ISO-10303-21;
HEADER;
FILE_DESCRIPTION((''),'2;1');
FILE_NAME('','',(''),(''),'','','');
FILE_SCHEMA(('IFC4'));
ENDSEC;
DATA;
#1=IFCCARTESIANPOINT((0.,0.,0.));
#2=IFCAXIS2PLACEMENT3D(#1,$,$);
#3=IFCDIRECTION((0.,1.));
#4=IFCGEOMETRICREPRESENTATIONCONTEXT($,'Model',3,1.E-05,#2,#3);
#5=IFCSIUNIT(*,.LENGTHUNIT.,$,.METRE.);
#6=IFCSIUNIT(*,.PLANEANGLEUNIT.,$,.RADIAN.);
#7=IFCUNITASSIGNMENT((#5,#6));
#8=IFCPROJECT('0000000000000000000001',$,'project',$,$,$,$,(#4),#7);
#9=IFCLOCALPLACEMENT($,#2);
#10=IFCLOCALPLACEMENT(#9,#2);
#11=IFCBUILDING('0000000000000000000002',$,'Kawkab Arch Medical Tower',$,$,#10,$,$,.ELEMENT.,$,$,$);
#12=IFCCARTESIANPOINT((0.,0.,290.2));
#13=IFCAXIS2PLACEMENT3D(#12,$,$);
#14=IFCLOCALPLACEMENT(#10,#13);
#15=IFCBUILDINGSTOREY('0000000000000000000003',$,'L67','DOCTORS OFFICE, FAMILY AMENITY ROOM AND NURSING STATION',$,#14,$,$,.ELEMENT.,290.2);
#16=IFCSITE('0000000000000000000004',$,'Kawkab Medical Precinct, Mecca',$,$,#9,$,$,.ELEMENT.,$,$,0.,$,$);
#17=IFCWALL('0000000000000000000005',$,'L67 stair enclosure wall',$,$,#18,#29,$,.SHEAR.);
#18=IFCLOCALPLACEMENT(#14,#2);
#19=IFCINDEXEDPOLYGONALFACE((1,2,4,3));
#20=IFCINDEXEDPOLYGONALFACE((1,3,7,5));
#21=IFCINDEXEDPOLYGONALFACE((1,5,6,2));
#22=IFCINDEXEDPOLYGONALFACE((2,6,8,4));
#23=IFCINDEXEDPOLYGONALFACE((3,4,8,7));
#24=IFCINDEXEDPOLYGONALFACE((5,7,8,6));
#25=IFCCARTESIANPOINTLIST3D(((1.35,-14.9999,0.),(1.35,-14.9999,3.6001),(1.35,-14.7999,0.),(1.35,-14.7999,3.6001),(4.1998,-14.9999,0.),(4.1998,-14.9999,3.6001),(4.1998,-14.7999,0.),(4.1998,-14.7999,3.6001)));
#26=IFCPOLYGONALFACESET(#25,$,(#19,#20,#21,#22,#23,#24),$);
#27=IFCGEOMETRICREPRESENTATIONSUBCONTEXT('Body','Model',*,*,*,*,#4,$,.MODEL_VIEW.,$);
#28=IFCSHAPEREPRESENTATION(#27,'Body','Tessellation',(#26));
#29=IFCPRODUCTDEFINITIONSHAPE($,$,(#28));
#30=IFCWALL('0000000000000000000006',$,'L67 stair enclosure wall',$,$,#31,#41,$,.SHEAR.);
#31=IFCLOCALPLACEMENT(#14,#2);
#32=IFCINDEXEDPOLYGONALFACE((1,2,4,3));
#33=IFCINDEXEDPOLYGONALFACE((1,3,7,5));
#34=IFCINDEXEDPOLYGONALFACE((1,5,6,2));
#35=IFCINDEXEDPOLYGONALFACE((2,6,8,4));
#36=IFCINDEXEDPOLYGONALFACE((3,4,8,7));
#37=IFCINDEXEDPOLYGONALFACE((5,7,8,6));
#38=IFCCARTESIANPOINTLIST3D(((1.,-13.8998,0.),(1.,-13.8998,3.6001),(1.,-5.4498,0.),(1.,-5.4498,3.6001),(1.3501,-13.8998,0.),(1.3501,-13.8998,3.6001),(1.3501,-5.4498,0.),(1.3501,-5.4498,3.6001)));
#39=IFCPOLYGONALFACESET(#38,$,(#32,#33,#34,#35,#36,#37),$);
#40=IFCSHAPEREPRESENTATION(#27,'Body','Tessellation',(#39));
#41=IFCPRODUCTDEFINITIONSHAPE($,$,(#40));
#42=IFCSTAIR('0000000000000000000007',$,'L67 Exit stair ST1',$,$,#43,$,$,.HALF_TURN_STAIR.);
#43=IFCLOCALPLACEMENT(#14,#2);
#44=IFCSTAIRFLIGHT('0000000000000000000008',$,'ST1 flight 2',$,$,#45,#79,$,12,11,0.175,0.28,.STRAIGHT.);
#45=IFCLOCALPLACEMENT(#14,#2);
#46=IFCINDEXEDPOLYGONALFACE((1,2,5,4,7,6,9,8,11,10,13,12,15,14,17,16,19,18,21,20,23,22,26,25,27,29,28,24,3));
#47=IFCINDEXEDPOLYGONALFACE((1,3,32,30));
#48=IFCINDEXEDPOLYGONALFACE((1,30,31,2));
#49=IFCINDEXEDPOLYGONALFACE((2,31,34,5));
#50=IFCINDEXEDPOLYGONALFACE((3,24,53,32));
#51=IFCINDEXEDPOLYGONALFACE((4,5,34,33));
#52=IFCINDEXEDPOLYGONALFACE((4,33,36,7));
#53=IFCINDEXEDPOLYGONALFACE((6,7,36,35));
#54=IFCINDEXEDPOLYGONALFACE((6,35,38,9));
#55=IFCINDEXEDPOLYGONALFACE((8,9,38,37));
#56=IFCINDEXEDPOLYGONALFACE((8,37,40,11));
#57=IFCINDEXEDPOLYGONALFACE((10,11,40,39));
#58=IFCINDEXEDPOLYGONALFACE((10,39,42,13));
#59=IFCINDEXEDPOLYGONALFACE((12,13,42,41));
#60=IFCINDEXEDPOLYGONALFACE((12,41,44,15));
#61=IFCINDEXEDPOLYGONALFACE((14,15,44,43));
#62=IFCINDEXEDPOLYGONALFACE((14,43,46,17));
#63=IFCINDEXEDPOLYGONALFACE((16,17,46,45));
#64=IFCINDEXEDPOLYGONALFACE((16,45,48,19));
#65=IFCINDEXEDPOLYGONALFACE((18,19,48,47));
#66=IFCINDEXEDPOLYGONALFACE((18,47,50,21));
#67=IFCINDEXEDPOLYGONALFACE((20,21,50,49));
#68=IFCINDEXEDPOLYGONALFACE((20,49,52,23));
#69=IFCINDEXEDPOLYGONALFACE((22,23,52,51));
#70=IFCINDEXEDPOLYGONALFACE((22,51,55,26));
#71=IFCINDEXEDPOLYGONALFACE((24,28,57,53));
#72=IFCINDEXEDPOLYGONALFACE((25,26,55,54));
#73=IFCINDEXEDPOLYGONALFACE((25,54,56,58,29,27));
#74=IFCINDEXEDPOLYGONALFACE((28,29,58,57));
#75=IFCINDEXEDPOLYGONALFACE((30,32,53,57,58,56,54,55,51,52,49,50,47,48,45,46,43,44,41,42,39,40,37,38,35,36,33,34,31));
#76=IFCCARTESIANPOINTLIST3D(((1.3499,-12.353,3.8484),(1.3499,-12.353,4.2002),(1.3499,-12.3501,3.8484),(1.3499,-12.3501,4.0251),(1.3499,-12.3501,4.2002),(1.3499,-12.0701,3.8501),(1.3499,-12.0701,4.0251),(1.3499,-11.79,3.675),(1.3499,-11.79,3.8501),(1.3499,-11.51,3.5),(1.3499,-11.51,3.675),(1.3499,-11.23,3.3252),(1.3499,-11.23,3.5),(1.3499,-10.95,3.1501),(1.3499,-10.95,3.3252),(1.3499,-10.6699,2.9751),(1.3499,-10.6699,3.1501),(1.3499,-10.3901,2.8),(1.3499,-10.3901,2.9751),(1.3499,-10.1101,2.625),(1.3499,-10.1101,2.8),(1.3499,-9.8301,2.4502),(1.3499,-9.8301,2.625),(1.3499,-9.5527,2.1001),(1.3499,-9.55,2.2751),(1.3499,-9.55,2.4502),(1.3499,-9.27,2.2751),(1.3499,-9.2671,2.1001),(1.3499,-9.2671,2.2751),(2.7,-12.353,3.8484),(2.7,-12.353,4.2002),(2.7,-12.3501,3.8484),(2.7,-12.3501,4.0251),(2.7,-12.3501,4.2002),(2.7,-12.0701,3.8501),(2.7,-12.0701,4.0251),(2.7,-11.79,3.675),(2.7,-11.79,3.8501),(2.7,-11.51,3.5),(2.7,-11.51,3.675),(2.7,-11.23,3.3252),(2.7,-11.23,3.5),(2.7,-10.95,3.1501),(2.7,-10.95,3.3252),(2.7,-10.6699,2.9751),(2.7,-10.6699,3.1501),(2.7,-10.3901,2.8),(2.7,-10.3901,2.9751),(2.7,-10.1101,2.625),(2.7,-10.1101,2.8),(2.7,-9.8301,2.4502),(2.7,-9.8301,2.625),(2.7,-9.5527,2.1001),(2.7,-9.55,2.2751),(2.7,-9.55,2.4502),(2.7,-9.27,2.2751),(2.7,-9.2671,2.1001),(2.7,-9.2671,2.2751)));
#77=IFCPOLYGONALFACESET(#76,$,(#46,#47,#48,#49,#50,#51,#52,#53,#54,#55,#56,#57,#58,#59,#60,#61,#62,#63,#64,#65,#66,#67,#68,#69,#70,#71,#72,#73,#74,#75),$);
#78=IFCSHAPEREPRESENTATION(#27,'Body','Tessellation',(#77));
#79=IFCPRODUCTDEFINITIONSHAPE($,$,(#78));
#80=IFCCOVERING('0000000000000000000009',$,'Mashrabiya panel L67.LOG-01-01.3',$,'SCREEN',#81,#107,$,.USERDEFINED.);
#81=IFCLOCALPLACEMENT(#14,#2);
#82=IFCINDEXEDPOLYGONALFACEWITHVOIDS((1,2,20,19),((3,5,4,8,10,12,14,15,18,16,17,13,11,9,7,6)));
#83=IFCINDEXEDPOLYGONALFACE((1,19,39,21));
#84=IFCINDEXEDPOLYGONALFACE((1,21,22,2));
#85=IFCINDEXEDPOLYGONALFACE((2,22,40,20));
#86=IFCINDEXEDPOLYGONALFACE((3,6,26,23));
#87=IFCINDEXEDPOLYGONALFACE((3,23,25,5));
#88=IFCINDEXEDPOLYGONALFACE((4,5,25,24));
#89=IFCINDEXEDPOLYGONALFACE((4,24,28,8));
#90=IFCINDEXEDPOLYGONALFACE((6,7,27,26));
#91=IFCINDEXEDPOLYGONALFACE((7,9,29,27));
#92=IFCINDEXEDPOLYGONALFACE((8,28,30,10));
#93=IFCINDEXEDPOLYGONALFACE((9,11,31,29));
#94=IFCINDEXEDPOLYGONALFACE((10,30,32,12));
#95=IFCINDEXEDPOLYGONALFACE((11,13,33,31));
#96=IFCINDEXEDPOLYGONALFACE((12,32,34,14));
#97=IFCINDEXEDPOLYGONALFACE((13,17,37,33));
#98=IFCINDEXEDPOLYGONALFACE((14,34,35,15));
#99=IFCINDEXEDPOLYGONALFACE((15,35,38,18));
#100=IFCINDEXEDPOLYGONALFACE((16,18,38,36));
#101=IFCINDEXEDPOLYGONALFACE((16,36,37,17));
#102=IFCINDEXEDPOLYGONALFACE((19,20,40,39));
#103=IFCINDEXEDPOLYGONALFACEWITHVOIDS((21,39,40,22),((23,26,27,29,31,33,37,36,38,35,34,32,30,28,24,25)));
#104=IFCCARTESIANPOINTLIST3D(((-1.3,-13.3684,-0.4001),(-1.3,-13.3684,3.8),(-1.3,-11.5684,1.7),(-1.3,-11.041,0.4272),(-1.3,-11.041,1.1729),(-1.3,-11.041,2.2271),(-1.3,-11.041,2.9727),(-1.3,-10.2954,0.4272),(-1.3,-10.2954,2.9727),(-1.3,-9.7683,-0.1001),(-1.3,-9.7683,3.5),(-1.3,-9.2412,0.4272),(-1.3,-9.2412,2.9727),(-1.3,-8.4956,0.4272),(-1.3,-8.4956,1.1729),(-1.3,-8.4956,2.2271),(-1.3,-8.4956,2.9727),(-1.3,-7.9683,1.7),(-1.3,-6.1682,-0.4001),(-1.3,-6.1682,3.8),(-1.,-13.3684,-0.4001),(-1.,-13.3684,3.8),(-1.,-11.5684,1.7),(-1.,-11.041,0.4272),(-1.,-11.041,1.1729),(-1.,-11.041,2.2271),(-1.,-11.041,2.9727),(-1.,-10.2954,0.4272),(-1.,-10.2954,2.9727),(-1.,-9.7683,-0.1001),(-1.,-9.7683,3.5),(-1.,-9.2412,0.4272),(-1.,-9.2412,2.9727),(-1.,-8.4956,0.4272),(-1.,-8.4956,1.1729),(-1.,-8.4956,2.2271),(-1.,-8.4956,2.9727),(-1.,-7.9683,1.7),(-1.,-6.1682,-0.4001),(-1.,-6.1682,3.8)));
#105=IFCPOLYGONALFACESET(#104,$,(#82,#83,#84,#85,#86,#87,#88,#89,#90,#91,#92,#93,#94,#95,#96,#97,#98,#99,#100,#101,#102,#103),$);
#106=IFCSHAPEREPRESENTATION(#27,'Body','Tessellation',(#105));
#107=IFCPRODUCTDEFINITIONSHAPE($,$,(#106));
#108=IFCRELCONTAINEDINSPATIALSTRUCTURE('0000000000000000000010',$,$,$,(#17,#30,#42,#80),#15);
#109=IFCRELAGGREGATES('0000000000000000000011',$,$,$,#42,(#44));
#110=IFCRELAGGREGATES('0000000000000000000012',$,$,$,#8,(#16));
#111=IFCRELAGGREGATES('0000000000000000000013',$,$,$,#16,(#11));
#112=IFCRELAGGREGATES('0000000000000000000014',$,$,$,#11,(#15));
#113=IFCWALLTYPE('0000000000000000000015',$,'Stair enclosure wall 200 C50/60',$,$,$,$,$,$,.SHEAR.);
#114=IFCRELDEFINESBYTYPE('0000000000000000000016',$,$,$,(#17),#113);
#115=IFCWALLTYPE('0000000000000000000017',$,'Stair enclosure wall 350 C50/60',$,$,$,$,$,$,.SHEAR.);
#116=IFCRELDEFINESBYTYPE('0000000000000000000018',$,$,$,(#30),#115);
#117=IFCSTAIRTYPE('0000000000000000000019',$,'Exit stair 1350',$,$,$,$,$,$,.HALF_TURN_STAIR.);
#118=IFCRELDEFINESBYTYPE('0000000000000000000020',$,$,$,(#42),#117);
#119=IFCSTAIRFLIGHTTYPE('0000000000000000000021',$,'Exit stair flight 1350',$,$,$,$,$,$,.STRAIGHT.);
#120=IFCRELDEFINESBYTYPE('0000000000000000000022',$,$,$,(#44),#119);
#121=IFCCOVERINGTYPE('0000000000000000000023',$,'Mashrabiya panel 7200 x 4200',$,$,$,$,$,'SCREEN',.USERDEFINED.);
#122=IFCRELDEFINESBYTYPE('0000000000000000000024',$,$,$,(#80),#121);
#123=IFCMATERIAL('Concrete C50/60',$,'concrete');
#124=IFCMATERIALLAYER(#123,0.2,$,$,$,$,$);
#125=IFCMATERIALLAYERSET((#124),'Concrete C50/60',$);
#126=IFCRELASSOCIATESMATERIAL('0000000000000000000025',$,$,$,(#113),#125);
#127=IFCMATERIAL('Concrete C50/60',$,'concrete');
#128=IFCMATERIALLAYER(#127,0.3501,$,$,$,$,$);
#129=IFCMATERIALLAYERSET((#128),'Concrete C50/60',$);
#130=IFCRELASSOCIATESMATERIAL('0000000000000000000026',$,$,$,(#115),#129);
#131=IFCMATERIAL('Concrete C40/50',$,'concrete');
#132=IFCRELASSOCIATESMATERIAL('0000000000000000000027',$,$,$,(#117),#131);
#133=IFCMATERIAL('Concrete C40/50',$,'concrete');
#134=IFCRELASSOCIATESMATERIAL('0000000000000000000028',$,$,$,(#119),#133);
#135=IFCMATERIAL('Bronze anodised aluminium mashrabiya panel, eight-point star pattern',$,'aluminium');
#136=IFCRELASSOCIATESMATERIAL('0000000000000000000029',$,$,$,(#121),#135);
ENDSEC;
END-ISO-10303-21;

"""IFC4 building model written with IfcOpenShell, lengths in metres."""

from ifc_helpers import new_model, si_unit, direction, frame, frame_2d, origin, place, context, subcontext, project, spatial, polyline, rectangle, outline, extrude, material, layer, layer_set, material_profile, profile_set, type_object, element, aggregate, save


model = new_model("IFC4")

# Units and contexts
model_context = context("Model", 3, precision=1e-05, world=origin(), true_north=direction((0.0, 1.0)))
body_context = subcontext(model_context, "Body", "Model", "MODEL_VIEW")
ifc_project = project(units=[si_unit("LENGTHUNIT", "METRE"), si_unit("PLANEANGLEUNIT", "RADIAN")], contexts=[model_context])

# Site, building, storey
site_placement = place(None, origin())
site = spatial("IfcSite", under=ifc_project, at=site_placement, Name="Kawkab Medical Precinct, Mecca", CompositionType="ELEMENT", RefElevation=0.0)
building_placement = place(site_placement, origin())
building = spatial("IfcBuilding", under=site, at=building_placement, Name="Kawkab Arch Medical Tower", CompositionType="ELEMENT")
storey_placement = place(building_placement, frame((0.0, 0.0, 290.2)))
storey = spatial("IfcBuildingStorey", under=building, at=storey_placement, Name="L67", Description="DOCTORS OFFICE, FAMILY AMENITY ROOM AND NURSING STATION", CompositionType="ELEMENT", Elevation=290.2)

# Shared definitions
placement = place(storey_placement, origin())

# Walls
ifc_material_1 = material(Name="Concrete C50/60", Category="concrete")
ifc_layer_1 = layer(ifc_material_1, 0.2)
ifc_layer_set_1 = layer_set([ifc_layer_1], Name="Concrete C50/60")
wall_type_1 = type_object("IfcWallType", Name="Stair enclosure wall 200 C50/60", PredefinedType="SHEAR", material=ifc_layer_set_1)
for number, where, z_axis, x_axis, name in (
    (1, (1.3501, -14.8999, 0.0), (0.0, 0.0, 1.0), (1.0, 0.0, 0.0), "L67 stair enclosure wall"),
):
    element("IfcWall", number, at=place(storey_placement, frame(where, z_axis=z_axis, x_axis=x_axis)), inside=storey, type_object=wall_type_1, Name=name, PredefinedType="SHEAR", context=body_context, shape_type="SweptSolid", body=[
        extrude(rectangle(XDim=2.8499, YDim=0.2, at=frame_2d((1.4248, 0.0))), origin(), (0.0, 0.0, 1.0), 3.6001),
    ])
ifc_material_2 = material(Name="Concrete C50/60", Category="concrete")
ifc_layer_2 = layer(ifc_material_2, 0.3501)
ifc_layer_set_2 = layer_set([ifc_layer_2], Name="Concrete C50/60")
wall_type_2 = type_object("IfcWallType", Name="Stair enclosure wall 350 C50/60", PredefinedType="SHEAR", material=ifc_layer_set_2)
wall_1_placement = place(storey_placement, frame((1.175, -13.8999, 0.0), z_axis=(0.0, 0.0, 1.0), x_axis=(0.0, 1.0, 0.0)))
element("IfcWall", 2, at=wall_1_placement, inside=storey, type_object=wall_type_2, Name="L67 stair enclosure wall", PredefinedType="SHEAR", context=body_context, shape_type="SweptSolid", body=[
    extrude(rectangle(XDim=8.45, YDim=0.3501, at=frame_2d((4.2251, 0.0))), origin(), (0.0, 0.0, 1.0), 3.6001),
])

# Stair, stair flight
ifc_material_3 = material(Name="Concrete C40/50", Category="concrete")
stair_type = type_object("IfcStairType", Name="Exit stair 1350", PredefinedType="HALF_TURN_STAIR", material=ifc_material_3)
stair = element("IfcStair", 3, at=placement, inside=storey, type_object=stair_type, Name="L67 Exit stair ST1", PredefinedType="HALF_TURN_STAIR")
ifc_material_4 = material(Name="Concrete C40/50", Category="concrete")
stair_flight_type = type_object("IfcStairFlightType", Name="Exit stair flight 1350", PredefinedType="STRAIGHT", material=ifc_material_4)
stair_flight_placement = place(storey_placement, frame((2.0249, -9.27, 2.1001), z_axis=(0.0, 0.0, 1.0), x_axis=(0.0, -1.0, 0.0)))
stair_flight = element("IfcStairFlight", 4, at=stair_flight_placement, type_object=stair_flight_type, Name="ST1 flight 2", NumberOfRisers=12, NumberOfTreads=11, PredefinedType="STRAIGHT", RiserHeight=0.175, TreadLength=0.28, context=body_context, shape_type="SweptSolid", body=[
    extrude(outline(polyline([(-0.0029, 0.0), (-0.0029, 0.175), (0.0, 0.175), (0.28, 0.175), (0.28, 0.3501), (0.5601, 0.3501), (0.5601, 0.5249), (0.8401, 0.5249), (0.8401, 0.7), (1.1201, 0.7), (1.1201, 0.875), (1.3999, 0.875), (1.3999, 1.05), (1.6799, 1.05), (1.6799, 1.2251), (1.96, 1.2251), (1.96, 1.3999), (2.24, 1.3999), (2.24, 1.575), (2.52, 1.575), (2.52, 1.75), (2.8, 1.75), (2.8, 1.925), (3.0801, 1.925), (3.0801, 2.1001), (3.083, 2.1001), (3.083, 1.7483), (3.0801, 1.7483), (0.2827, 0.0), (-0.0029, 0.0)])), frame((0.0, 0.675, 0.0), z_axis=(0.0, -1.0, 0.0), x_axis=(1.0, 0.0, 0.0)), (0.0, 0.0, 1.0), 1.3501),
])
aggregate(stair, [stair_flight])

# Covering
ifc_material_5 = material(Name="Bronze anodised aluminium mashrabiya panel, eight-point star pattern", Category="aluminium")
ifc_material_profile_1 = material_profile(ifc_material_5, outline(polyline([(-3.6001, -2.1001), (3.6001, -2.1001), (3.6001, 2.1001), (-3.6001, 2.1001), (-3.6001, -2.1001)]), holes=[polyline([(1.8, 0.0), (1.2727, 0.5271), (1.2727, 1.2727), (0.5271, 1.2727), (0.0, 1.8), (-0.5271, 1.2727), (-1.2727, 1.2727), (-1.2727, 0.5271), (-1.8, 0.0), (-1.2727, -0.5271), (-1.2727, -1.2727), (-0.5271, -1.2727), (0.0, -1.8), (0.5271, -1.2727), (1.2727, -1.2727), (1.2727, -0.5271), (1.8, 0.0)])]), Name="Mashrabiya panel 7200x4200")
ifc_profile_set_1 = profile_set([ifc_material_profile_1], Name="Bronze anodised aluminium mashrabiya panel, eight-point star pattern")
covering_type = type_object("IfcCoveringType", Name="Mashrabiya panel 7200 x 4200", ElementType="SCREEN", PredefinedType="USERDEFINED", material=ifc_profile_set_1)
covering_placement = place(storey_placement, frame((-1.0, -9.7683, 1.7), z_axis=(-1.0, 0.0, 0.0), x_axis=(0.0, -1.0, 0.0)))
element("IfcCovering", 5, at=covering_placement, inside=storey, type_object=covering_type, Name="Mashrabiya panel L67.LOG-01-01.3", ObjectType="SCREEN", PredefinedType="USERDEFINED", context=body_context, shape_type="SweptSolid", body=[
    extrude(outline(polyline([(-3.6001, -2.1001), (3.6001, -2.1001), (3.6001, 2.1001), (-3.6001, 2.1001), (-3.6001, -2.1001)]), holes=[polyline([(1.8, 0.0), (1.2727, 0.5271), (1.2727, 1.2727), (0.5271, 1.2727), (0.0, 1.8), (-0.5271, 1.2727), (-1.2727, 1.2727), (-1.2727, 0.5271), (-1.8, 0.0), (-1.2727, -0.5271), (-1.2727, -1.2727), (-0.5271, -1.2727), (0.0, -1.8), (0.5271, -1.2727), (1.2727, -1.2727), (1.2727, -0.5271), (1.8, 0.0)])]), origin(), (0.0, 0.0, 1.0), 0.3),
])

save(model, "model.ifc")
